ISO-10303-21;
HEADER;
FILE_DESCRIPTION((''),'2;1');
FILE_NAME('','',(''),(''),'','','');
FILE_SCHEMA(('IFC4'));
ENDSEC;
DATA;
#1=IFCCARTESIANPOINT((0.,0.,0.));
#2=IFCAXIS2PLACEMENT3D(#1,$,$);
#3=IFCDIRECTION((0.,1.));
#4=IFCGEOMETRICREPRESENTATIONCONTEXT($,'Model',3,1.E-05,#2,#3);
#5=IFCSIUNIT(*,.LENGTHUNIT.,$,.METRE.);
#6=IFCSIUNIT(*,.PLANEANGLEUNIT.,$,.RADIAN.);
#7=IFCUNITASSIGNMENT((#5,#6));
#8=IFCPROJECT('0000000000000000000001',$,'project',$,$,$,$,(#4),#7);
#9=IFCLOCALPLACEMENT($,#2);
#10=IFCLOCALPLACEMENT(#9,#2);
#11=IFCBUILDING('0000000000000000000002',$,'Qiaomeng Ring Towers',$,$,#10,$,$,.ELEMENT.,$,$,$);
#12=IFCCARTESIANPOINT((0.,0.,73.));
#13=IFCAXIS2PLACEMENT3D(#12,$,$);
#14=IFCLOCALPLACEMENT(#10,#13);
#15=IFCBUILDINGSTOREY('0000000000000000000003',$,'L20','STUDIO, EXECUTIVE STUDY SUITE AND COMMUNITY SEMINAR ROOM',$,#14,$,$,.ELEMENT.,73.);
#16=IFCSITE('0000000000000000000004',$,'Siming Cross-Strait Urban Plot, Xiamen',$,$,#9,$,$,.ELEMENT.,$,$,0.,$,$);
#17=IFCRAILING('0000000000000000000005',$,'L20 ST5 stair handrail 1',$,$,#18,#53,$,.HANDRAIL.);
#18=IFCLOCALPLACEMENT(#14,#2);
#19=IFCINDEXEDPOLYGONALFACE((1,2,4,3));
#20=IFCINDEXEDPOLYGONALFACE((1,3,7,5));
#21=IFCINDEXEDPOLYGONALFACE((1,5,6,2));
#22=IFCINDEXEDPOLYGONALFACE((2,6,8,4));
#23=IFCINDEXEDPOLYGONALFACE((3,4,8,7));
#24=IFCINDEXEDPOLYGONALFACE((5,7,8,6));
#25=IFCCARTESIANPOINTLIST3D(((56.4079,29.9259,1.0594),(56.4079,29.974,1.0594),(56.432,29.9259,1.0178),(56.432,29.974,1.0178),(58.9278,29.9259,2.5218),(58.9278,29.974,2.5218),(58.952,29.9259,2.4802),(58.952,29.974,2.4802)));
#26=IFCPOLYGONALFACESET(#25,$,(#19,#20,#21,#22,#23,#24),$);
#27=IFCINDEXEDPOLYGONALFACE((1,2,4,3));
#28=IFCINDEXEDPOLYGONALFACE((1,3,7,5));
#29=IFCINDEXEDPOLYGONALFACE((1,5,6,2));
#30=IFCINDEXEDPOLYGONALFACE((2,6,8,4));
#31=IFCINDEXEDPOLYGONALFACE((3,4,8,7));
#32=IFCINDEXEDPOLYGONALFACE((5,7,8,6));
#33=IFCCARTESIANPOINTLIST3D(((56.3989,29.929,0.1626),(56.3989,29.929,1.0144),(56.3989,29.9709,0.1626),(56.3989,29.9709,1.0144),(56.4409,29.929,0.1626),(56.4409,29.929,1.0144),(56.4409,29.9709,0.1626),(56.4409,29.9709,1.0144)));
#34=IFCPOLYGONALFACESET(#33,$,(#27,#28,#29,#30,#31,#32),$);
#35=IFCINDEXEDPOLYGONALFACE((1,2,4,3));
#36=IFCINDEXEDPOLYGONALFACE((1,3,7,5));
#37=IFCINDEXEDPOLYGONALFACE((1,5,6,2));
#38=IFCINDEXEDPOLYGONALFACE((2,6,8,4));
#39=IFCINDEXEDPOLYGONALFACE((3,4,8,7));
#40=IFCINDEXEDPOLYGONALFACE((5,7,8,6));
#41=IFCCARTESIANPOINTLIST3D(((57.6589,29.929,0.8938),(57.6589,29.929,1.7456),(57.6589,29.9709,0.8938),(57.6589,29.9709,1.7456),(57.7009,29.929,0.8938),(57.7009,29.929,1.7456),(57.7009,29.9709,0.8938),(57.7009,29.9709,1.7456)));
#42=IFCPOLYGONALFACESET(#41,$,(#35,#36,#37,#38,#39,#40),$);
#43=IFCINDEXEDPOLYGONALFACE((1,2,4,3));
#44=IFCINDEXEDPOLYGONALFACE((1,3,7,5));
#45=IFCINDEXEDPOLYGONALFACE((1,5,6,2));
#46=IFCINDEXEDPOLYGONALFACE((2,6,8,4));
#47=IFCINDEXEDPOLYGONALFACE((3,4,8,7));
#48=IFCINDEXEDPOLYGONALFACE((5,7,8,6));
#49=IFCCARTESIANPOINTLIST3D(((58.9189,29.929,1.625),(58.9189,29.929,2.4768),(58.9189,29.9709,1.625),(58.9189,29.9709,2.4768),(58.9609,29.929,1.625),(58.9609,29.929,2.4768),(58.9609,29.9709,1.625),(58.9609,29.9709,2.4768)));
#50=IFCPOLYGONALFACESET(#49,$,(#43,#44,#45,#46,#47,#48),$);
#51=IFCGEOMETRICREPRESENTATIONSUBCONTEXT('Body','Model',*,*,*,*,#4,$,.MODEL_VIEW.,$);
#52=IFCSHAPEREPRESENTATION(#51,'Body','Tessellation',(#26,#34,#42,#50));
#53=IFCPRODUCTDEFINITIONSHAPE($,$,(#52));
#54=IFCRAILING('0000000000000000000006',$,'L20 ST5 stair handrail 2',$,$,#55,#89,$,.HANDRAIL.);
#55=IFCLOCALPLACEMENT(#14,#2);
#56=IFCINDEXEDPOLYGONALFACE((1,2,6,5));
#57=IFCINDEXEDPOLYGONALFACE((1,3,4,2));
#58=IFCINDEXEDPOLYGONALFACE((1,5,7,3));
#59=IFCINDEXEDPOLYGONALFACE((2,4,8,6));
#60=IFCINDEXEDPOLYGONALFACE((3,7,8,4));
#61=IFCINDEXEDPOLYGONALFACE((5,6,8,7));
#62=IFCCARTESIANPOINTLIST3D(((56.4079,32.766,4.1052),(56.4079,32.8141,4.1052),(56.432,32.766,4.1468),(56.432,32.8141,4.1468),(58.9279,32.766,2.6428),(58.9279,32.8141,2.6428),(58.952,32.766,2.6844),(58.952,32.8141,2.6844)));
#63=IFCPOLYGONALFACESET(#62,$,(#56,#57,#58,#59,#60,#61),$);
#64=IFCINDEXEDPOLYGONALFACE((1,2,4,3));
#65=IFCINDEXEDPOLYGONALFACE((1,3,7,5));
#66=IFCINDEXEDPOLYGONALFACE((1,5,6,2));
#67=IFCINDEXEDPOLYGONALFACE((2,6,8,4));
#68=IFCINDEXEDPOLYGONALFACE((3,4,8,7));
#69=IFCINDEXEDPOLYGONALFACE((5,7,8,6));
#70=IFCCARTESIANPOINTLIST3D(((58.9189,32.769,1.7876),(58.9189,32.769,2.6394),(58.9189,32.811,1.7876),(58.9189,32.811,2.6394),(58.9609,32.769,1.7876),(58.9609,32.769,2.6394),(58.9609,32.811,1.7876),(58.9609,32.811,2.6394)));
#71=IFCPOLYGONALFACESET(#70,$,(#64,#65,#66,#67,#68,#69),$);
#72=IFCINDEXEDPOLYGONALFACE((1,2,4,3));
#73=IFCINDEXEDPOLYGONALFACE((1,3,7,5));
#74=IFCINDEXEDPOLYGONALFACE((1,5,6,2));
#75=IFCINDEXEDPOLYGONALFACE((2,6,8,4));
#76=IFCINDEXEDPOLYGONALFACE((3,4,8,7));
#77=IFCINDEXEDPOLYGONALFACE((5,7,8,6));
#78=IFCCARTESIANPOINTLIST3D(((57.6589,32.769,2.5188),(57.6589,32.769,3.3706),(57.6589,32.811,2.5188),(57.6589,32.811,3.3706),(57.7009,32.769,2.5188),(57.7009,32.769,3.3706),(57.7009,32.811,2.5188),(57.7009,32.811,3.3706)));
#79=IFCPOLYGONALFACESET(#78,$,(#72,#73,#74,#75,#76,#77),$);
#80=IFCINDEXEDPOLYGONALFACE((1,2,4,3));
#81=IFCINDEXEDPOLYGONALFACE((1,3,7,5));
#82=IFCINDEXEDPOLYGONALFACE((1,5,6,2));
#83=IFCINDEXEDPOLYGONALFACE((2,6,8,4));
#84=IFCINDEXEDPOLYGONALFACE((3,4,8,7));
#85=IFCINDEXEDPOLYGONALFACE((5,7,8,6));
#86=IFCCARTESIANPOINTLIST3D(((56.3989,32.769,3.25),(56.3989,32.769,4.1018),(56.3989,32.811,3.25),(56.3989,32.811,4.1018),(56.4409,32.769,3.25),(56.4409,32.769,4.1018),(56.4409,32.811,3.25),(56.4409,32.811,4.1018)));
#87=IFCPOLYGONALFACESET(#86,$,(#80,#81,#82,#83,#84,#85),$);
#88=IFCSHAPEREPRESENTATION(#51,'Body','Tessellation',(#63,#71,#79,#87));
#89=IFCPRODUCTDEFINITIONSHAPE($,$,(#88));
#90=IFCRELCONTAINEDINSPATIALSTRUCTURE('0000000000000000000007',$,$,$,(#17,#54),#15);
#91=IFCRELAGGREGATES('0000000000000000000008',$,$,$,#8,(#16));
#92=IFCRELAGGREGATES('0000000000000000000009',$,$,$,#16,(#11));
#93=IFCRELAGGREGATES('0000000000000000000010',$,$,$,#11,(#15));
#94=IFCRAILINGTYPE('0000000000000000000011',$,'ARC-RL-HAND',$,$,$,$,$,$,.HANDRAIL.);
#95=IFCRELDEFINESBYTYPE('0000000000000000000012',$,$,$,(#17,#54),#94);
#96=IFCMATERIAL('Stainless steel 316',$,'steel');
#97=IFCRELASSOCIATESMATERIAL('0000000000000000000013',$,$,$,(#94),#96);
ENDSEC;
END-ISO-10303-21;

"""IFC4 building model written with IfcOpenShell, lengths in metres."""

from ifc_helpers import new_model, si_unit, direction, frame, origin, origin_2d, place, context, subcontext, project, spatial, rectangle, extrude, material, type_object, element, save


model = new_model("IFC4")

# Units and contexts
model_context = context("Model", 3, precision=1e-05, world=origin(), true_north=direction((0.0, 1.0)))
body_context = subcontext(model_context, "Body", "Model", "MODEL_VIEW")
ifc_project = project(units=[si_unit("LENGTHUNIT", "METRE"), si_unit("PLANEANGLEUNIT", "RADIAN")], contexts=[model_context])

# Site, building, storey
site_placement = place(None, origin())
site = spatial("IfcSite", under=ifc_project, at=site_placement, Name="Siming Cross-Strait Urban Plot, Xiamen", CompositionType="ELEMENT", RefElevation=0.0)
building_placement = place(site_placement, origin())
building = spatial("IfcBuilding", under=site, at=building_placement, Name="Qiaomeng Ring Towers", CompositionType="ELEMENT")
storey_placement = place(building_placement, frame((0.0, 0.0, 73.0)))
storey = spatial("IfcBuildingStorey", under=building, at=storey_placement, Name="L20", Description="STUDIO, EXECUTIVE STUDY SUITE AND COMMUNITY SEMINAR ROOM", CompositionType="ELEMENT", Elevation=73.0)

# Railings
ifc_material_1 = material(Name="Stainless steel 316", Category="steel")
railing_type_1 = type_object("IfcRailingType", Name="ARC-RL-HAND", PredefinedType="HANDRAIL", material=ifc_material_1)
railing_1_placement = place(storey_placement, frame((56.4199, 29.95, 0.1626)))
element("IfcRailing", 1, at=railing_1_placement, inside=storey, type_object=railing_type_1, Name="L20 ST5 stair handrail 1", PredefinedType="HANDRAIL", context=body_context, shape_type="SweptSolid", body=[
    extrude(rectangle(XDim=0.0481, YDim=0.0481, at=origin_2d()), frame((0.0, 0.0, 0.876), z_axis=(0.864913, 0.0, 0.501921), x_axis=(0.0, 1.0, 0.0)), (0.0, 0.0, 1.0), 2.9136),
    extrude(rectangle(XDim=0.042, YDim=0.042, at=origin_2d()), origin(), (0.0, 0.0, 1.0), 0.8518),
    extrude(rectangle(XDim=0.042, YDim=0.042, at=origin_2d()), frame((1.26, 0.0, 0.7312)), (0.0, 0.0, 1.0), 0.8518),
    extrude(rectangle(XDim=0.042, YDim=0.042, at=origin_2d()), frame((2.52, 0.0, 1.4624)), (0.0, 0.0, 1.0), 0.8518),
])
railing_2_placement = place(storey_placement, frame((58.9399, 32.79, 1.7876)))
element("IfcRailing", 2, at=railing_2_placement, inside=storey, type_object=railing_type_1, Name="L20 ST5 stair handrail 2", PredefinedType="HANDRAIL", context=body_context, shape_type="SweptSolid", body=[
    extrude(rectangle(XDim=0.0481, YDim=0.0481, at=origin_2d()), frame((0.0, 0.0, 0.876), z_axis=(-0.864913, 0.0, 0.501921), x_axis=(0.0, -1.0, 0.0)), (0.0, 0.0, 1.0), 2.9136),
    extrude(rectangle(XDim=0.042, YDim=0.042, at=origin_2d()), origin(), (0.0, 0.0, 1.0), 0.8518),
    extrude(rectangle(XDim=0.042, YDim=0.042, at=origin_2d()), frame((-1.26, 0.0, 0.7312)), (0.0, 0.0, 1.0), 0.8518),
    extrude(rectangle(XDim=0.042, YDim=0.042, at=origin_2d()), frame((-2.52, 0.0, 1.4624)), (0.0, 0.0, 1.0), 0.8518),
])

save(model, "model.ifc")
